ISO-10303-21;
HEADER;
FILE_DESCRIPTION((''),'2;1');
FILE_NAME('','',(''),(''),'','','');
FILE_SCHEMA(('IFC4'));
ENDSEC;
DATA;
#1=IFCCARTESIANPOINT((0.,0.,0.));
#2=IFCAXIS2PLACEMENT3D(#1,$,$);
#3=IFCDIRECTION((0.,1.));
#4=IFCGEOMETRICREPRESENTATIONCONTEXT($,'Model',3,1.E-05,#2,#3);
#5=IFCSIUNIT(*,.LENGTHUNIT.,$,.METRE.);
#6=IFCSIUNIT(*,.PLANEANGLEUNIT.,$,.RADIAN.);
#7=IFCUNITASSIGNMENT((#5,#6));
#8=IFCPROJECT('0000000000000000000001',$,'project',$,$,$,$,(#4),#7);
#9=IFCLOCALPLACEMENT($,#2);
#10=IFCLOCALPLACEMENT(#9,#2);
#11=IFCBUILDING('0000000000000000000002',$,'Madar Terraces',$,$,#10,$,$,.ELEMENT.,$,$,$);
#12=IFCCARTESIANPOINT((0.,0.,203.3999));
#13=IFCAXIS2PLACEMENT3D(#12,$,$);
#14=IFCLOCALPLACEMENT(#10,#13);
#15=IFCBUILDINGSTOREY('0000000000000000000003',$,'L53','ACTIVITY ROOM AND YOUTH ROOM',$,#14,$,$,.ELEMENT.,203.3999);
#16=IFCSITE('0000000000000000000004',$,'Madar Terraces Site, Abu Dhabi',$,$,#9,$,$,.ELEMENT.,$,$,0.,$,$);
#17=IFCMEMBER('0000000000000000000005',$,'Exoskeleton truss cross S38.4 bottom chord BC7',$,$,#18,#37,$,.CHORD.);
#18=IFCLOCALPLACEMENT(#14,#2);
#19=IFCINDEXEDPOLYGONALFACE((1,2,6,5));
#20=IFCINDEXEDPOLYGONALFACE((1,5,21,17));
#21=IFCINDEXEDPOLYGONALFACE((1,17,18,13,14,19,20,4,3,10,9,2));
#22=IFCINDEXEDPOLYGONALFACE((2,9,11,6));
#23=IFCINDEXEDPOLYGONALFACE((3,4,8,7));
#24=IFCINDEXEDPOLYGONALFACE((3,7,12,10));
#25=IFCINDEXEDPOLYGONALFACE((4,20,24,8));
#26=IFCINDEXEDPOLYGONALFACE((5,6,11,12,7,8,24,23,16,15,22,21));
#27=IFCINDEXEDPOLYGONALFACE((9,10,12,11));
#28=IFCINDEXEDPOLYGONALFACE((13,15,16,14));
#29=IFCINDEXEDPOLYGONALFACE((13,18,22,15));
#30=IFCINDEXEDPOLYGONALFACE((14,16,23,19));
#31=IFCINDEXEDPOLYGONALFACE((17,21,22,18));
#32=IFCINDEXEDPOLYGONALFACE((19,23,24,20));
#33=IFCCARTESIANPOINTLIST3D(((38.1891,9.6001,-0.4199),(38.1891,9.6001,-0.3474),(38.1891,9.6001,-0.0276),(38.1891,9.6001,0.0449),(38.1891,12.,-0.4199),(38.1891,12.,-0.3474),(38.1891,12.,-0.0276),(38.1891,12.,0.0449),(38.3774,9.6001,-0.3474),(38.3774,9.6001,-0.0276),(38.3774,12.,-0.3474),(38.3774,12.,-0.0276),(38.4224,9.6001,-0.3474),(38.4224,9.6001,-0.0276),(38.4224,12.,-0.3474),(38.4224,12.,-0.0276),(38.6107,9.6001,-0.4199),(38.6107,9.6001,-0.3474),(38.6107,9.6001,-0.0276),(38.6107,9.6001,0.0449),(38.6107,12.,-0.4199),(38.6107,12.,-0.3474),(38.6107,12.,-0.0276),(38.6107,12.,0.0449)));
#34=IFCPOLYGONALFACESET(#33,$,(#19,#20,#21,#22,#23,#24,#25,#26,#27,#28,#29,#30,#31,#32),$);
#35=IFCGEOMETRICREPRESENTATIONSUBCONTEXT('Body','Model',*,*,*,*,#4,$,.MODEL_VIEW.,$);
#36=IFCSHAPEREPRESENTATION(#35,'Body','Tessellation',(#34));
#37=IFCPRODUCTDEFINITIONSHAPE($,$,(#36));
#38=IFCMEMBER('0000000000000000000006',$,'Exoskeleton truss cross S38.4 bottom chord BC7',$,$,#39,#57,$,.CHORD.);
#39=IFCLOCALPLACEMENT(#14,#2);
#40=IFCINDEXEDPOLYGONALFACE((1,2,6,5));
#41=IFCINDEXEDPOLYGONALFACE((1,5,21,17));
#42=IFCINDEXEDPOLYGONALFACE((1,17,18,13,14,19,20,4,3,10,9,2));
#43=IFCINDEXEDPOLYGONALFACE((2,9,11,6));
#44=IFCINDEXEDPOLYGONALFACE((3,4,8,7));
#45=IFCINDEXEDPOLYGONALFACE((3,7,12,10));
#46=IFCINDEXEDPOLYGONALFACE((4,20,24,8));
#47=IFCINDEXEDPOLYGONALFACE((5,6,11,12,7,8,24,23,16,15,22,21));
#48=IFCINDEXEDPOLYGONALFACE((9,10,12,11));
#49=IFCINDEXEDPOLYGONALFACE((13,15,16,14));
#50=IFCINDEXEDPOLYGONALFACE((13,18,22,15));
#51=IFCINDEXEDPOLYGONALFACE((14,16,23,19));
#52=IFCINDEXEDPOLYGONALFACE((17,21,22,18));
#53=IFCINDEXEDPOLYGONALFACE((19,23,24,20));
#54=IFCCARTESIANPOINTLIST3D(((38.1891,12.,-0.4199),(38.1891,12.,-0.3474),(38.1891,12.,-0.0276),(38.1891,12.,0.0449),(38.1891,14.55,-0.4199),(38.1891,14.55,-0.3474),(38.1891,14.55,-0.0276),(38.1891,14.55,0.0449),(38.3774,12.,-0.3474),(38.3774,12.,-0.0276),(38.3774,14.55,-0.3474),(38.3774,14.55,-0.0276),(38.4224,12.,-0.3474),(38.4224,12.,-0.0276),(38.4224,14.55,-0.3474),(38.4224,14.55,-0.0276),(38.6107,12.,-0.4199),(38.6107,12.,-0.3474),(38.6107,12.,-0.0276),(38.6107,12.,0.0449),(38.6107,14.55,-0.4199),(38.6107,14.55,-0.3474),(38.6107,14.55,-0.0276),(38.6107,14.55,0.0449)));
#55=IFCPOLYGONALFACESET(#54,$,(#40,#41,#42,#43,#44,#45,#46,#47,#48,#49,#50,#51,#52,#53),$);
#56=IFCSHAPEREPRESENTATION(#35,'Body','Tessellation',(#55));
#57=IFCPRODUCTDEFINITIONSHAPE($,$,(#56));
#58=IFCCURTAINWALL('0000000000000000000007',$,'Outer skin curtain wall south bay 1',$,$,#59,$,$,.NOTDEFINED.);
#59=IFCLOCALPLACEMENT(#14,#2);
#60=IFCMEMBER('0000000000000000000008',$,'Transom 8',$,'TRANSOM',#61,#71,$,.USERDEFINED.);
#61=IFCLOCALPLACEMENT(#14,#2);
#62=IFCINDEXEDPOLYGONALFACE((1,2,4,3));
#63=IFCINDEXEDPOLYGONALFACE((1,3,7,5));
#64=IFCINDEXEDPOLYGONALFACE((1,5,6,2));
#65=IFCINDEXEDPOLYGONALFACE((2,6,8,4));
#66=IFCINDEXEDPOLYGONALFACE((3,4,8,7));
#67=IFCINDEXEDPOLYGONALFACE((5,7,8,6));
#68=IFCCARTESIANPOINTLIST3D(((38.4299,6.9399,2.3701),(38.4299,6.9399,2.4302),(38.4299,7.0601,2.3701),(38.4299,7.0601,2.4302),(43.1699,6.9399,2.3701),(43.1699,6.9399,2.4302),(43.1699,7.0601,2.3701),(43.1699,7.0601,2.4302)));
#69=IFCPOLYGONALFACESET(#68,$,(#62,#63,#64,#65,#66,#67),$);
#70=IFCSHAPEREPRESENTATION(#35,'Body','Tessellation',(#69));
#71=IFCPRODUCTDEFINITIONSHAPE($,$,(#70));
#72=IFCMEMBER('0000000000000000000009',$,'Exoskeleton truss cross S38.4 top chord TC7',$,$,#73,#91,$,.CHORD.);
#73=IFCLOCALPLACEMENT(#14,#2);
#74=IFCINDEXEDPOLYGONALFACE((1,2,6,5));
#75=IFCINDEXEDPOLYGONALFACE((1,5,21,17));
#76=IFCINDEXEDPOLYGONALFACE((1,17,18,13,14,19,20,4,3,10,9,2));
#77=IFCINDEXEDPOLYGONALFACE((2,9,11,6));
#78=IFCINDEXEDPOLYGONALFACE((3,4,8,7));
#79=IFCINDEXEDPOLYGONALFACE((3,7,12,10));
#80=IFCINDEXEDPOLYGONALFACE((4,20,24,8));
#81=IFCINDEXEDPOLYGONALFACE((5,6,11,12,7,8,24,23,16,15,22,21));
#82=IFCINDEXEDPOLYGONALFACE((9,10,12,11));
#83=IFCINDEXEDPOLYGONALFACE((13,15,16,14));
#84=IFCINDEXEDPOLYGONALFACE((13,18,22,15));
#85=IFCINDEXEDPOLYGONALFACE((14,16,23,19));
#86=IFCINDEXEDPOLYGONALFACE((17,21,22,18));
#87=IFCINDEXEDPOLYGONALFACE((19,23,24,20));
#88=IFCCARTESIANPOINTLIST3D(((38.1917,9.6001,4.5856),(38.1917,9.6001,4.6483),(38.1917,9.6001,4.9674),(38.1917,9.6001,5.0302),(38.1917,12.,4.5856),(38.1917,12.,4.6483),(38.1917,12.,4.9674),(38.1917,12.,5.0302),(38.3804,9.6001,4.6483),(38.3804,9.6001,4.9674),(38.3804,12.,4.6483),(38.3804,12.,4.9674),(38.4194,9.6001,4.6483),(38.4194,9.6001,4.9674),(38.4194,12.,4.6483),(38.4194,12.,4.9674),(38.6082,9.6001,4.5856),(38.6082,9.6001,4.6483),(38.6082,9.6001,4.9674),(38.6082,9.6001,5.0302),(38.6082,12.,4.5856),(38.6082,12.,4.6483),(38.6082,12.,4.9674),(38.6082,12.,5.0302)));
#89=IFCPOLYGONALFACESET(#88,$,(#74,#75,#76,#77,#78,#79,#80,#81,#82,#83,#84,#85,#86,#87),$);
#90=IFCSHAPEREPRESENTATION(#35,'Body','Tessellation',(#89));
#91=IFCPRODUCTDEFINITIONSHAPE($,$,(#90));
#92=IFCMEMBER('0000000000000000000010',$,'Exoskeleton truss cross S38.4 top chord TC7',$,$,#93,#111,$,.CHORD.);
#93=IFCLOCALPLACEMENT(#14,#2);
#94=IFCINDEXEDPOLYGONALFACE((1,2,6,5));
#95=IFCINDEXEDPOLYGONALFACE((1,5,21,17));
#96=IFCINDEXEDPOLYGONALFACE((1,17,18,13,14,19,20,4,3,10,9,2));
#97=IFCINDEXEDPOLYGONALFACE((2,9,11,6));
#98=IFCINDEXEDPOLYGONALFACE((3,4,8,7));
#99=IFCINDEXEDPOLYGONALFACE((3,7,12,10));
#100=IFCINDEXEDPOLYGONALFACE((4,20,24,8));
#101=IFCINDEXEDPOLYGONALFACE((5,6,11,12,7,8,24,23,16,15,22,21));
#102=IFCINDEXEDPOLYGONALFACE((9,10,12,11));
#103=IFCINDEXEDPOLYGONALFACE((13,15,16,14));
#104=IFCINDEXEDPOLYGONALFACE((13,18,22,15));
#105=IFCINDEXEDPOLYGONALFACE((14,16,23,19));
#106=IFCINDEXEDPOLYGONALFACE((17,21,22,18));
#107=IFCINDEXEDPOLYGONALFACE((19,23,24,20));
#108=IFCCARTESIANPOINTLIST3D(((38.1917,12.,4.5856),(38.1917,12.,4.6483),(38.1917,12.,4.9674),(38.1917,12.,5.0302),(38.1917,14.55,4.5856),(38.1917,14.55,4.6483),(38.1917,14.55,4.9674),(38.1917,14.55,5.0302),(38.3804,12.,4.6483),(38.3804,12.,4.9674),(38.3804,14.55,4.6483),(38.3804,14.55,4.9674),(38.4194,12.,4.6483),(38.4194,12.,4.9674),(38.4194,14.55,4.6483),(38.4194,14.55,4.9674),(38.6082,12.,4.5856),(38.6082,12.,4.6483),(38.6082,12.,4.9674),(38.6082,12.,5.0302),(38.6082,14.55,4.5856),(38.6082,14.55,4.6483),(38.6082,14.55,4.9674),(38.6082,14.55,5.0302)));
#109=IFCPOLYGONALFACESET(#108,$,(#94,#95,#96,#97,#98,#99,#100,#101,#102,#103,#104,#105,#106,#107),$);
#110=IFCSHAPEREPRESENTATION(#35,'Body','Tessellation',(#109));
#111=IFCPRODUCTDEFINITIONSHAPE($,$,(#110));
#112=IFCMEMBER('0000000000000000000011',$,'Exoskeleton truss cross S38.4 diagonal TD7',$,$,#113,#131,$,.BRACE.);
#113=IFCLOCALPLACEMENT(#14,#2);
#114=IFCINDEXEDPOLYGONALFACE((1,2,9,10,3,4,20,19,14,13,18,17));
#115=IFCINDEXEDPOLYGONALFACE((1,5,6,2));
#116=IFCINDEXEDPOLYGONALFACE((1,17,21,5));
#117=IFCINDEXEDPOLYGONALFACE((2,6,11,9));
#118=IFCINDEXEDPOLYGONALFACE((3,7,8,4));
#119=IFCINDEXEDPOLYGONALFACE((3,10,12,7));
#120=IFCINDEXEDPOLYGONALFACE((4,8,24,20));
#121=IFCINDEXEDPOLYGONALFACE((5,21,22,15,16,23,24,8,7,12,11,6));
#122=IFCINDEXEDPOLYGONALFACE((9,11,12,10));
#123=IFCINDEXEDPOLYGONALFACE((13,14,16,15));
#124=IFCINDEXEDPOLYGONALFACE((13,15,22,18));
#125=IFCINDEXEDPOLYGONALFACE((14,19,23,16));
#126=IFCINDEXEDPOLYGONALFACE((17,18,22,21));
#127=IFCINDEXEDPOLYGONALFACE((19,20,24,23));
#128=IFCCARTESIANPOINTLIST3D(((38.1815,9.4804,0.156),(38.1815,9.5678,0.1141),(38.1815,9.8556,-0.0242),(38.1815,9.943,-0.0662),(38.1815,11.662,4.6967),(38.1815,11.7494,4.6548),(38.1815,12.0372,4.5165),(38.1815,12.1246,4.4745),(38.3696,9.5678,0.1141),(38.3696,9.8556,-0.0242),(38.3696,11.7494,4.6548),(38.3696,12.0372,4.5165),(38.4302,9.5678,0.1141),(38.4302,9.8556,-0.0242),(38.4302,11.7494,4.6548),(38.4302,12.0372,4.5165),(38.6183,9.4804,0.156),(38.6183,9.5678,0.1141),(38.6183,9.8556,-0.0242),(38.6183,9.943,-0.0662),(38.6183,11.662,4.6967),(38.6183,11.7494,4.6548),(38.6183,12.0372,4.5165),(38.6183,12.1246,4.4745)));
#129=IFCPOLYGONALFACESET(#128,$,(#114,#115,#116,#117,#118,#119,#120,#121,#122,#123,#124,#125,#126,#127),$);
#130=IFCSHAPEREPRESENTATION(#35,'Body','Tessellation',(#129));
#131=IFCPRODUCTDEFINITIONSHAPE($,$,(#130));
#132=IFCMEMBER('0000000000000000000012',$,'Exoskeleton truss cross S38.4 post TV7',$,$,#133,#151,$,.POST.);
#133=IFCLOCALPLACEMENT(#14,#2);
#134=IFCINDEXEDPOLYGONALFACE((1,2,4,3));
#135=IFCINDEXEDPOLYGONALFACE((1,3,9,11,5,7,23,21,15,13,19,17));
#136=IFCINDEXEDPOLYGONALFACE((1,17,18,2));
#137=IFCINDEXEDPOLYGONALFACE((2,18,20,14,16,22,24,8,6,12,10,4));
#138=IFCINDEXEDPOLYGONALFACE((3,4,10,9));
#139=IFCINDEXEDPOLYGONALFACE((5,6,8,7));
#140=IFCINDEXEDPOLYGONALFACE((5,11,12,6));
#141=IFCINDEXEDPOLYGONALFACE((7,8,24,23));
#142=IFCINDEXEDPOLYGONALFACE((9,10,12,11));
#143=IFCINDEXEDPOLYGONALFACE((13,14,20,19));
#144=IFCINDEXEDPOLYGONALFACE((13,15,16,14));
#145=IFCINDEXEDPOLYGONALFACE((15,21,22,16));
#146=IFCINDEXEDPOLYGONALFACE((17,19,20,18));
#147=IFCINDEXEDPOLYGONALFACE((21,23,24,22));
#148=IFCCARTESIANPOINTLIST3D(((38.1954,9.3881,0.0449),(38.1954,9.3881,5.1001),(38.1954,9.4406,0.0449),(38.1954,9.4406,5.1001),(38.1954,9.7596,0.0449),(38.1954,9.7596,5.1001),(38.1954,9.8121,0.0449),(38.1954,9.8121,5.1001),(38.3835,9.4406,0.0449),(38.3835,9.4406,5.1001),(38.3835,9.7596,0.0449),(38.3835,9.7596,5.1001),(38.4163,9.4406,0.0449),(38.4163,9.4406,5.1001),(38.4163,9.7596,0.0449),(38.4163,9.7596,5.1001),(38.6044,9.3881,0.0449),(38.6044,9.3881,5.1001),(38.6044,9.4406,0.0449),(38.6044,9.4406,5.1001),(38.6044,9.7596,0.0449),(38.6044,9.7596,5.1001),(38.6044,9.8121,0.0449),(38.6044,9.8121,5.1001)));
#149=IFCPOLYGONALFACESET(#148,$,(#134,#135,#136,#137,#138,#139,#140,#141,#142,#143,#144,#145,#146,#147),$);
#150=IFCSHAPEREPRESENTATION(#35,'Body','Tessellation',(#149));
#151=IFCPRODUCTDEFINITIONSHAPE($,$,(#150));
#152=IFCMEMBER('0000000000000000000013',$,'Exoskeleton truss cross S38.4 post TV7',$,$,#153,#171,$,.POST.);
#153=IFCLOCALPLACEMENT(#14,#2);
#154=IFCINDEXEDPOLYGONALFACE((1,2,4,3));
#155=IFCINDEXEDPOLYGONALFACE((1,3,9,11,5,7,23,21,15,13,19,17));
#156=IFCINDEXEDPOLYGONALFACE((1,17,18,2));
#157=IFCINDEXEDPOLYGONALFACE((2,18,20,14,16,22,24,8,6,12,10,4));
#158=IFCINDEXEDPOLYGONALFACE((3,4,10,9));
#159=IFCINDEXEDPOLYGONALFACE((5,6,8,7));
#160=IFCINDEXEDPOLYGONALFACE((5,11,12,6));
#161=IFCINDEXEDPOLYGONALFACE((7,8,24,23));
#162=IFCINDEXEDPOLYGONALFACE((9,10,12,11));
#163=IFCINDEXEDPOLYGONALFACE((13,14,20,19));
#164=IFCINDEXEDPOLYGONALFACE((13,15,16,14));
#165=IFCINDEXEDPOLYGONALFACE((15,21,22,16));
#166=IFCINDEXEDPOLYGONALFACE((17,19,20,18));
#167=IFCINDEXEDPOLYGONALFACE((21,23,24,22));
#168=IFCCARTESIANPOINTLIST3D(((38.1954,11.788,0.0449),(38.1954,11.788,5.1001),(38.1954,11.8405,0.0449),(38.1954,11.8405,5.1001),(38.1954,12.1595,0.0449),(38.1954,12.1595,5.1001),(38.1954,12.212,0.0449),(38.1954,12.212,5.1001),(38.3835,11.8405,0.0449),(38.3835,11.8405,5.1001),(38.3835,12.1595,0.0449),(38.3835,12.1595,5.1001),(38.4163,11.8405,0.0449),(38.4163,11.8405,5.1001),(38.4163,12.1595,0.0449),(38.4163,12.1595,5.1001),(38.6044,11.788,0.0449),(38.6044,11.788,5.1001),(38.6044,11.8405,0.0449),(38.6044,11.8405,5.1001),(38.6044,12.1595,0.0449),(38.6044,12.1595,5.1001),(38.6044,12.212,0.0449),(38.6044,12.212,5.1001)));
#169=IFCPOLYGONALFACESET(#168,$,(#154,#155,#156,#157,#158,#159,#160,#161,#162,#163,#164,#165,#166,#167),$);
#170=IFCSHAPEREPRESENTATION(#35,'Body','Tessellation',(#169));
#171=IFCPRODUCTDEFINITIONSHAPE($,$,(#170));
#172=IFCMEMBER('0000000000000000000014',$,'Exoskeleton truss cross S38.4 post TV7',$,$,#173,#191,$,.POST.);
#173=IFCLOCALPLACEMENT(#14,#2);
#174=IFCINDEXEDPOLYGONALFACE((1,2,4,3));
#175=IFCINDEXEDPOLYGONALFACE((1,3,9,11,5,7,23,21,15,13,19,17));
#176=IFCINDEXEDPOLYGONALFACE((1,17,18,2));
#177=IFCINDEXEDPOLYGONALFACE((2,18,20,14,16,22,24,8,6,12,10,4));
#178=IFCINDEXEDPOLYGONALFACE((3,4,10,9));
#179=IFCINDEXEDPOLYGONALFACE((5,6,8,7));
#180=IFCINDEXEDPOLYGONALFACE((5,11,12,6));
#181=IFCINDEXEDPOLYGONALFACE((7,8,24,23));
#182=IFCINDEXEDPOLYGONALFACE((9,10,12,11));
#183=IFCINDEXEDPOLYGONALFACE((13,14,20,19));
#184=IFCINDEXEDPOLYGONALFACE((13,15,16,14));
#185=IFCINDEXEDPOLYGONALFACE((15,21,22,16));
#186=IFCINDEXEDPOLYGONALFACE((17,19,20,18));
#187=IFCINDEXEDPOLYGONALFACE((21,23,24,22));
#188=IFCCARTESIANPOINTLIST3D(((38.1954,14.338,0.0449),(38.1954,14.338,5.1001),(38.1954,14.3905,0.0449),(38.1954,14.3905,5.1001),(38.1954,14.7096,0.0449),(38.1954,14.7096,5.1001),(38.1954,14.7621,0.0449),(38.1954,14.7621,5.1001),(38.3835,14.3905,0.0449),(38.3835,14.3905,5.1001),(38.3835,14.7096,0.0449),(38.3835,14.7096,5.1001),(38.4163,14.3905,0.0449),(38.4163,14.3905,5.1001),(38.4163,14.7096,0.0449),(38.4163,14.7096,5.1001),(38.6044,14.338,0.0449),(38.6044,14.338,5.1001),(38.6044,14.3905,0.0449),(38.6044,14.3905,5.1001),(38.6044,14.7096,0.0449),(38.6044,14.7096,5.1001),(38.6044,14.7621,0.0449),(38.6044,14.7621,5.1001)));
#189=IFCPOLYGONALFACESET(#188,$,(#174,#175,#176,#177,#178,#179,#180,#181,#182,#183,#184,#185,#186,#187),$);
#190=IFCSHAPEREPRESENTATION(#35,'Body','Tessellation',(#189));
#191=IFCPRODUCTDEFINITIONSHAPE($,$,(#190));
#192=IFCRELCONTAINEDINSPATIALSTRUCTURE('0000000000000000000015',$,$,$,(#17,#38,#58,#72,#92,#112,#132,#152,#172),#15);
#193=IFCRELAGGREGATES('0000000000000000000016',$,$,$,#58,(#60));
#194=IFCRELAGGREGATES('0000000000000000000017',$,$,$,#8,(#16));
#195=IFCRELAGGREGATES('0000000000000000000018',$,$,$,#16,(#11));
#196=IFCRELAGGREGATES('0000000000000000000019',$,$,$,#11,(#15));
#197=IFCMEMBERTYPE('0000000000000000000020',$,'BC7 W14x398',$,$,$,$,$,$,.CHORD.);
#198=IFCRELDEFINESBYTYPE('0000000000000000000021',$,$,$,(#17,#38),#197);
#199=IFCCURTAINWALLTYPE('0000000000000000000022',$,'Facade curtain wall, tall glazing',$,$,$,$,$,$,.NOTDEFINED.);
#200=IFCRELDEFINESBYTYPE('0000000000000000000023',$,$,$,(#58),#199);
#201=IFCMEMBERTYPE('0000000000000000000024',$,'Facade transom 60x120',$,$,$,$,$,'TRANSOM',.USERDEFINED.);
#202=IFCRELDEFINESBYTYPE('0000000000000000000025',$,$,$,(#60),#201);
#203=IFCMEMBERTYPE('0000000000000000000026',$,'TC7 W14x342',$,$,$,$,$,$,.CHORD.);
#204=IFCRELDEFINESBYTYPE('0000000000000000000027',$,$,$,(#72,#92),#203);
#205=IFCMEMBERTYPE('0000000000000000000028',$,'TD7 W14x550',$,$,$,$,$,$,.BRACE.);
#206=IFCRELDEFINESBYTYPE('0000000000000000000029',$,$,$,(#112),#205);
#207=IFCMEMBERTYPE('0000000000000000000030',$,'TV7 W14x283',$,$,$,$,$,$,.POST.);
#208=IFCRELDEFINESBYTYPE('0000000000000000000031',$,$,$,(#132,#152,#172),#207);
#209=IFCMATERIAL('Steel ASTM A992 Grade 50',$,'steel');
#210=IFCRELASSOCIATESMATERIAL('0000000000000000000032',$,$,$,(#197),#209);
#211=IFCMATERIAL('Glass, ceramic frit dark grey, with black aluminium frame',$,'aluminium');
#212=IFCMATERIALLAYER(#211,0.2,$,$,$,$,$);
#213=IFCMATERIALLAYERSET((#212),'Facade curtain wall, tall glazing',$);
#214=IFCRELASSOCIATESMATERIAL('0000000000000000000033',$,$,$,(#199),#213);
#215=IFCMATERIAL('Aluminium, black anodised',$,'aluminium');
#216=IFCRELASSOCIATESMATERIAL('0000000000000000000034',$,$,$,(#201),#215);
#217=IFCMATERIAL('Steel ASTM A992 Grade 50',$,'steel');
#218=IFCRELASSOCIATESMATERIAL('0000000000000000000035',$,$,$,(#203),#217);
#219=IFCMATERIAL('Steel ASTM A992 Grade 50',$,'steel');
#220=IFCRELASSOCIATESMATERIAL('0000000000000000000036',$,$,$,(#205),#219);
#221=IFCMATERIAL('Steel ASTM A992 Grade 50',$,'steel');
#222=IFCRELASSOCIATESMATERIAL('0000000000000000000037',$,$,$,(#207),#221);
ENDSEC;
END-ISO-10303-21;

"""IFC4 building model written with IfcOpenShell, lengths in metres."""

from ifc_helpers import new_model, si_unit, direction, frame, origin, origin_2d, place, context, subcontext, project, spatial, rectangle, i_section, extrude, material, layer, layer_set, material_profile, profile_set, type_object, element, aggregate, save


model = new_model("IFC4")

# Units and contexts
model_context = context("Model", 3, precision=1e-05, world=origin(), true_north=direction((0.0, 1.0)))
body_context = subcontext(model_context, "Body", "Model", "MODEL_VIEW")
ifc_project = project(units=[si_unit("LENGTHUNIT", "METRE"), si_unit("PLANEANGLEUNIT", "RADIAN")], contexts=[model_context])

# Site, building, storey
site_placement = place(None, origin())
site = spatial("IfcSite", under=ifc_project, at=site_placement, Name="Madar Terraces Site, Abu Dhabi", CompositionType="ELEMENT", RefElevation=0.0)
building_placement = place(site_placement, origin())
building = spatial("IfcBuilding", under=site, at=building_placement, Name="Madar Terraces", CompositionType="ELEMENT")
storey_placement = place(building_placement, frame((0.0, 0.0, 203.3999)))
storey = spatial("IfcBuildingStorey", under=building, at=storey_placement, Name="L53", Description="ACTIVITY ROOM AND YOUTH ROOM", CompositionType="ELEMENT", Elevation=203.3999)

# Members
ifc_material_1 = material(Name="Steel ASTM A992 Grade 50", Category="steel")
ifc_material_profile_1 = material_profile(ifc_material_1, i_section(OverallWidth=0.4216, OverallDepth=0.4648, WebThickness=0.0449, FlangeThickness=0.0725, at=origin_2d()), Name="W14x398")
ifc_profile_set_1 = profile_set([ifc_material_profile_1], Name="Steel ASTM A992 Grade 50")
member_type_1 = type_object("IfcMemberType", Name="BC7 W14x398", PredefinedType="CHORD", material=ifc_profile_set_1)
member_1_placement = place(storey_placement, frame((38.3999, 9.6001, -0.1875), z_axis=(0.0, 1.0, 0.0), x_axis=(-1.0, 0.0, 0.0)))
element("IfcMember", 1, at=member_1_placement, inside=storey, type_object=member_type_1, Name="Exoskeleton truss cross S38.4 bottom chord BC7", PredefinedType="CHORD", context=body_context, shape_type="SweptSolid", body=[
    extrude(i_section(OverallWidth=0.4216, OverallDepth=0.4648, WebThickness=0.0449, FlangeThickness=0.0725, at=origin_2d()), origin(), (0.0, 0.0, 1.0), 2.3999),
])
member_2_placement = place(storey_placement, frame((38.3999, 12.0, -0.1875), z_axis=(0.0, 1.0, 0.0), x_axis=(-1.0, 0.0, 0.0)))
element("IfcMember", 2, at=member_2_placement, inside=storey, type_object=member_type_1, Name="Exoskeleton truss cross S38.4 bottom chord BC7", PredefinedType="CHORD", context=body_context, shape_type="SweptSolid", body=[
    extrude(i_section(OverallWidth=0.4216, OverallDepth=0.4648, WebThickness=0.0449, FlangeThickness=0.0725, at=origin_2d()), origin(), (0.0, 0.0, 1.0), 2.55),
])

# Curtain wall, member
ifc_material_2 = material(Name="Glass, ceramic frit dark grey, with black aluminium frame", Category="aluminium")
ifc_layer_1 = layer(ifc_material_2, 0.2)
ifc_layer_set_1 = layer_set([ifc_layer_1], Name="Facade curtain wall, tall glazing")
curtain_wall_type = type_object("IfcCurtainWallType", Name="Facade curtain wall, tall glazing", PredefinedType="NOTDEFINED", material=ifc_layer_set_1)
curtain_wall_placement = place(storey_placement, origin())
curtain_wall = element("IfcCurtainWall", 3, at=curtain_wall_placement, inside=storey, type_object=curtain_wall_type, Name="Outer skin curtain wall south bay 1", PredefinedType="NOTDEFINED")
ifc_material_3 = material(Name="Aluminium, black anodised", Category="aluminium")
ifc_material_profile_2 = material_profile(ifc_material_3, rectangle(XDim=0.1201, YDim=0.0601, at=origin_2d()), Name="Facade transom 60x120")
ifc_profile_set_2 = profile_set([ifc_material_profile_2], Name="Aluminium, black anodised")
member_type_2 = type_object("IfcMemberType", Name="Facade transom 60x120", ElementType="TRANSOM", PredefinedType="USERDEFINED", material=ifc_profile_set_2)
member_3_placement = place(storey_placement, frame((38.4299, 7.0, 2.4001), z_axis=(1.0, 0.0, 0.0), x_axis=(0.0, 1.0, 0.0)))
member_3 = element("IfcMember", 4, at=member_3_placement, type_object=member_type_2, Name="Transom 8", ObjectType="TRANSOM", PredefinedType="USERDEFINED", context=body_context, shape_type="SweptSolid", body=[
    extrude(rectangle(XDim=0.1201, YDim=0.0601, at=origin_2d()), origin(), (0.0, 0.0, 1.0), 4.74),
])
aggregate(curtain_wall, [member_3])

# Members
ifc_material_4 = material(Name="Steel ASTM A992 Grade 50", Category="steel")
ifc_material_profile_3 = material_profile(ifc_material_4, i_section(OverallWidth=0.4165, OverallDepth=0.4446, WebThickness=0.0391, FlangeThickness=0.0627, at=origin_2d()), Name="W14x342")
ifc_profile_set_3 = profile_set([ifc_material_profile_3], Name="Steel ASTM A992 Grade 50")
member_type_3 = type_object("IfcMemberType", Name="TC7 W14x342", PredefinedType="CHORD", material=ifc_profile_set_3)
member_4_placement = place(storey_placement, frame((38.3999, 9.6001, 4.8079), z_axis=(0.0, 1.0, 0.0), x_axis=(-1.0, 0.0, 0.0)))
element("IfcMember", 5, at=member_4_placement, inside=storey, type_object=member_type_3, Name="Exoskeleton truss cross S38.4 top chord TC7", PredefinedType="CHORD", context=body_context, shape_type="SweptSolid", body=[
    extrude(i_section(OverallWidth=0.4165, OverallDepth=0.4446, WebThickness=0.0391, FlangeThickness=0.0627, at=origin_2d()), origin(), (0.0, 0.0, 1.0), 2.3999),
])
member_5_placement = place(storey_placement, frame((38.3999, 12.0, 4.8079), z_axis=(0.0, 1.0, 0.0), x_axis=(-1.0, 0.0, 0.0)))
element("IfcMember", 6, at=member_5_placement, inside=storey, type_object=member_type_3, Name="Exoskeleton truss cross S38.4 top chord TC7", PredefinedType="CHORD", context=body_context, shape_type="SweptSolid", body=[
    extrude(i_section(OverallWidth=0.4165, OverallDepth=0.4446, WebThickness=0.0391, FlangeThickness=0.0627, at=origin_2d()), origin(), (0.0, 0.0, 1.0), 2.55),
])
ifc_material_5 = material(Name="Steel ASTM A992 Grade 50", Category="steel")
ifc_material_profile_4 = material_profile(ifc_material_5, i_section(OverallWidth=0.4368, OverallDepth=0.5132, WebThickness=0.0605, FlangeThickness=0.0969, at=origin_2d()), Name="W14x550")
ifc_profile_set_4 = profile_set([ifc_material_profile_4], Name="Steel ASTM A992 Grade 50")
member_type_4 = type_object("IfcMemberType", Name="TD7 W14x550", PredefinedType="BRACE", material=ifc_profile_set_4)
member_6_placement = place(storey_placement, frame((38.3999, 9.7117, 0.0449), z_axis=(0.0, 0.433065, 0.901363), x_axis=(-1.0, 0.0, 0.0)))
element("IfcMember", 7, at=member_6_placement, inside=storey, type_object=member_type_4, Name="Exoskeleton truss cross S38.4 diagonal TD7", PredefinedType="BRACE", context=body_context, shape_type="SweptSolid", body=[
    extrude(i_section(OverallWidth=0.4368, OverallDepth=0.5132, WebThickness=0.0605, FlangeThickness=0.0969, at=origin_2d()), origin(), (0.0, 0.0, 1.0), 5.0376),
])
ifc_material_6 = material(Name="Steel ASTM A992 Grade 50", Category="steel")
ifc_material_profile_5 = material_profile(ifc_material_6, i_section(OverallWidth=0.4089, OverallDepth=0.4241, WebThickness=0.0327, FlangeThickness=0.0525, at=origin_2d()), Name="W14x283")
ifc_profile_set_5 = profile_set([ifc_material_profile_5], Name="Steel ASTM A992 Grade 50")
member_type_5 = type_object("IfcMemberType", Name="TV7 W14x283", PredefinedType="POST", material=ifc_profile_set_5)
for number, where, z_axis, x_axis, name in (
    (8, (38.3999, 9.6001, 0.0449), (0.0, 0.0, 1.0), (-1.0, 0.0, 0.0), "Exoskeleton truss cross S38.4 post TV7"),
    (9, (38.3999, 12.0, 0.0449), (0.0, 0.0, 1.0), (-1.0, 0.0, 0.0), "Exoskeleton truss cross S38.4 post TV7"),
    (10, (38.3999, 14.55, 0.0449), (0.0, 0.0, 1.0), (-1.0, 0.0, 0.0), "Exoskeleton truss cross S38.4 post TV7"),
):
    element("IfcMember", number, at=place(storey_placement, frame(where, z_axis=z_axis, x_axis=x_axis)), inside=storey, type_object=member_type_5, Name=name, PredefinedType="POST", context=body_context, shape_type="SweptSolid", body=[
        extrude(i_section(OverallWidth=0.4089, OverallDepth=0.4241, WebThickness=0.0327, FlangeThickness=0.0525, at=origin_2d()), origin(), (0.0, 0.0, 1.0), 5.0552),
    ])

save(model, "model.ifc")
